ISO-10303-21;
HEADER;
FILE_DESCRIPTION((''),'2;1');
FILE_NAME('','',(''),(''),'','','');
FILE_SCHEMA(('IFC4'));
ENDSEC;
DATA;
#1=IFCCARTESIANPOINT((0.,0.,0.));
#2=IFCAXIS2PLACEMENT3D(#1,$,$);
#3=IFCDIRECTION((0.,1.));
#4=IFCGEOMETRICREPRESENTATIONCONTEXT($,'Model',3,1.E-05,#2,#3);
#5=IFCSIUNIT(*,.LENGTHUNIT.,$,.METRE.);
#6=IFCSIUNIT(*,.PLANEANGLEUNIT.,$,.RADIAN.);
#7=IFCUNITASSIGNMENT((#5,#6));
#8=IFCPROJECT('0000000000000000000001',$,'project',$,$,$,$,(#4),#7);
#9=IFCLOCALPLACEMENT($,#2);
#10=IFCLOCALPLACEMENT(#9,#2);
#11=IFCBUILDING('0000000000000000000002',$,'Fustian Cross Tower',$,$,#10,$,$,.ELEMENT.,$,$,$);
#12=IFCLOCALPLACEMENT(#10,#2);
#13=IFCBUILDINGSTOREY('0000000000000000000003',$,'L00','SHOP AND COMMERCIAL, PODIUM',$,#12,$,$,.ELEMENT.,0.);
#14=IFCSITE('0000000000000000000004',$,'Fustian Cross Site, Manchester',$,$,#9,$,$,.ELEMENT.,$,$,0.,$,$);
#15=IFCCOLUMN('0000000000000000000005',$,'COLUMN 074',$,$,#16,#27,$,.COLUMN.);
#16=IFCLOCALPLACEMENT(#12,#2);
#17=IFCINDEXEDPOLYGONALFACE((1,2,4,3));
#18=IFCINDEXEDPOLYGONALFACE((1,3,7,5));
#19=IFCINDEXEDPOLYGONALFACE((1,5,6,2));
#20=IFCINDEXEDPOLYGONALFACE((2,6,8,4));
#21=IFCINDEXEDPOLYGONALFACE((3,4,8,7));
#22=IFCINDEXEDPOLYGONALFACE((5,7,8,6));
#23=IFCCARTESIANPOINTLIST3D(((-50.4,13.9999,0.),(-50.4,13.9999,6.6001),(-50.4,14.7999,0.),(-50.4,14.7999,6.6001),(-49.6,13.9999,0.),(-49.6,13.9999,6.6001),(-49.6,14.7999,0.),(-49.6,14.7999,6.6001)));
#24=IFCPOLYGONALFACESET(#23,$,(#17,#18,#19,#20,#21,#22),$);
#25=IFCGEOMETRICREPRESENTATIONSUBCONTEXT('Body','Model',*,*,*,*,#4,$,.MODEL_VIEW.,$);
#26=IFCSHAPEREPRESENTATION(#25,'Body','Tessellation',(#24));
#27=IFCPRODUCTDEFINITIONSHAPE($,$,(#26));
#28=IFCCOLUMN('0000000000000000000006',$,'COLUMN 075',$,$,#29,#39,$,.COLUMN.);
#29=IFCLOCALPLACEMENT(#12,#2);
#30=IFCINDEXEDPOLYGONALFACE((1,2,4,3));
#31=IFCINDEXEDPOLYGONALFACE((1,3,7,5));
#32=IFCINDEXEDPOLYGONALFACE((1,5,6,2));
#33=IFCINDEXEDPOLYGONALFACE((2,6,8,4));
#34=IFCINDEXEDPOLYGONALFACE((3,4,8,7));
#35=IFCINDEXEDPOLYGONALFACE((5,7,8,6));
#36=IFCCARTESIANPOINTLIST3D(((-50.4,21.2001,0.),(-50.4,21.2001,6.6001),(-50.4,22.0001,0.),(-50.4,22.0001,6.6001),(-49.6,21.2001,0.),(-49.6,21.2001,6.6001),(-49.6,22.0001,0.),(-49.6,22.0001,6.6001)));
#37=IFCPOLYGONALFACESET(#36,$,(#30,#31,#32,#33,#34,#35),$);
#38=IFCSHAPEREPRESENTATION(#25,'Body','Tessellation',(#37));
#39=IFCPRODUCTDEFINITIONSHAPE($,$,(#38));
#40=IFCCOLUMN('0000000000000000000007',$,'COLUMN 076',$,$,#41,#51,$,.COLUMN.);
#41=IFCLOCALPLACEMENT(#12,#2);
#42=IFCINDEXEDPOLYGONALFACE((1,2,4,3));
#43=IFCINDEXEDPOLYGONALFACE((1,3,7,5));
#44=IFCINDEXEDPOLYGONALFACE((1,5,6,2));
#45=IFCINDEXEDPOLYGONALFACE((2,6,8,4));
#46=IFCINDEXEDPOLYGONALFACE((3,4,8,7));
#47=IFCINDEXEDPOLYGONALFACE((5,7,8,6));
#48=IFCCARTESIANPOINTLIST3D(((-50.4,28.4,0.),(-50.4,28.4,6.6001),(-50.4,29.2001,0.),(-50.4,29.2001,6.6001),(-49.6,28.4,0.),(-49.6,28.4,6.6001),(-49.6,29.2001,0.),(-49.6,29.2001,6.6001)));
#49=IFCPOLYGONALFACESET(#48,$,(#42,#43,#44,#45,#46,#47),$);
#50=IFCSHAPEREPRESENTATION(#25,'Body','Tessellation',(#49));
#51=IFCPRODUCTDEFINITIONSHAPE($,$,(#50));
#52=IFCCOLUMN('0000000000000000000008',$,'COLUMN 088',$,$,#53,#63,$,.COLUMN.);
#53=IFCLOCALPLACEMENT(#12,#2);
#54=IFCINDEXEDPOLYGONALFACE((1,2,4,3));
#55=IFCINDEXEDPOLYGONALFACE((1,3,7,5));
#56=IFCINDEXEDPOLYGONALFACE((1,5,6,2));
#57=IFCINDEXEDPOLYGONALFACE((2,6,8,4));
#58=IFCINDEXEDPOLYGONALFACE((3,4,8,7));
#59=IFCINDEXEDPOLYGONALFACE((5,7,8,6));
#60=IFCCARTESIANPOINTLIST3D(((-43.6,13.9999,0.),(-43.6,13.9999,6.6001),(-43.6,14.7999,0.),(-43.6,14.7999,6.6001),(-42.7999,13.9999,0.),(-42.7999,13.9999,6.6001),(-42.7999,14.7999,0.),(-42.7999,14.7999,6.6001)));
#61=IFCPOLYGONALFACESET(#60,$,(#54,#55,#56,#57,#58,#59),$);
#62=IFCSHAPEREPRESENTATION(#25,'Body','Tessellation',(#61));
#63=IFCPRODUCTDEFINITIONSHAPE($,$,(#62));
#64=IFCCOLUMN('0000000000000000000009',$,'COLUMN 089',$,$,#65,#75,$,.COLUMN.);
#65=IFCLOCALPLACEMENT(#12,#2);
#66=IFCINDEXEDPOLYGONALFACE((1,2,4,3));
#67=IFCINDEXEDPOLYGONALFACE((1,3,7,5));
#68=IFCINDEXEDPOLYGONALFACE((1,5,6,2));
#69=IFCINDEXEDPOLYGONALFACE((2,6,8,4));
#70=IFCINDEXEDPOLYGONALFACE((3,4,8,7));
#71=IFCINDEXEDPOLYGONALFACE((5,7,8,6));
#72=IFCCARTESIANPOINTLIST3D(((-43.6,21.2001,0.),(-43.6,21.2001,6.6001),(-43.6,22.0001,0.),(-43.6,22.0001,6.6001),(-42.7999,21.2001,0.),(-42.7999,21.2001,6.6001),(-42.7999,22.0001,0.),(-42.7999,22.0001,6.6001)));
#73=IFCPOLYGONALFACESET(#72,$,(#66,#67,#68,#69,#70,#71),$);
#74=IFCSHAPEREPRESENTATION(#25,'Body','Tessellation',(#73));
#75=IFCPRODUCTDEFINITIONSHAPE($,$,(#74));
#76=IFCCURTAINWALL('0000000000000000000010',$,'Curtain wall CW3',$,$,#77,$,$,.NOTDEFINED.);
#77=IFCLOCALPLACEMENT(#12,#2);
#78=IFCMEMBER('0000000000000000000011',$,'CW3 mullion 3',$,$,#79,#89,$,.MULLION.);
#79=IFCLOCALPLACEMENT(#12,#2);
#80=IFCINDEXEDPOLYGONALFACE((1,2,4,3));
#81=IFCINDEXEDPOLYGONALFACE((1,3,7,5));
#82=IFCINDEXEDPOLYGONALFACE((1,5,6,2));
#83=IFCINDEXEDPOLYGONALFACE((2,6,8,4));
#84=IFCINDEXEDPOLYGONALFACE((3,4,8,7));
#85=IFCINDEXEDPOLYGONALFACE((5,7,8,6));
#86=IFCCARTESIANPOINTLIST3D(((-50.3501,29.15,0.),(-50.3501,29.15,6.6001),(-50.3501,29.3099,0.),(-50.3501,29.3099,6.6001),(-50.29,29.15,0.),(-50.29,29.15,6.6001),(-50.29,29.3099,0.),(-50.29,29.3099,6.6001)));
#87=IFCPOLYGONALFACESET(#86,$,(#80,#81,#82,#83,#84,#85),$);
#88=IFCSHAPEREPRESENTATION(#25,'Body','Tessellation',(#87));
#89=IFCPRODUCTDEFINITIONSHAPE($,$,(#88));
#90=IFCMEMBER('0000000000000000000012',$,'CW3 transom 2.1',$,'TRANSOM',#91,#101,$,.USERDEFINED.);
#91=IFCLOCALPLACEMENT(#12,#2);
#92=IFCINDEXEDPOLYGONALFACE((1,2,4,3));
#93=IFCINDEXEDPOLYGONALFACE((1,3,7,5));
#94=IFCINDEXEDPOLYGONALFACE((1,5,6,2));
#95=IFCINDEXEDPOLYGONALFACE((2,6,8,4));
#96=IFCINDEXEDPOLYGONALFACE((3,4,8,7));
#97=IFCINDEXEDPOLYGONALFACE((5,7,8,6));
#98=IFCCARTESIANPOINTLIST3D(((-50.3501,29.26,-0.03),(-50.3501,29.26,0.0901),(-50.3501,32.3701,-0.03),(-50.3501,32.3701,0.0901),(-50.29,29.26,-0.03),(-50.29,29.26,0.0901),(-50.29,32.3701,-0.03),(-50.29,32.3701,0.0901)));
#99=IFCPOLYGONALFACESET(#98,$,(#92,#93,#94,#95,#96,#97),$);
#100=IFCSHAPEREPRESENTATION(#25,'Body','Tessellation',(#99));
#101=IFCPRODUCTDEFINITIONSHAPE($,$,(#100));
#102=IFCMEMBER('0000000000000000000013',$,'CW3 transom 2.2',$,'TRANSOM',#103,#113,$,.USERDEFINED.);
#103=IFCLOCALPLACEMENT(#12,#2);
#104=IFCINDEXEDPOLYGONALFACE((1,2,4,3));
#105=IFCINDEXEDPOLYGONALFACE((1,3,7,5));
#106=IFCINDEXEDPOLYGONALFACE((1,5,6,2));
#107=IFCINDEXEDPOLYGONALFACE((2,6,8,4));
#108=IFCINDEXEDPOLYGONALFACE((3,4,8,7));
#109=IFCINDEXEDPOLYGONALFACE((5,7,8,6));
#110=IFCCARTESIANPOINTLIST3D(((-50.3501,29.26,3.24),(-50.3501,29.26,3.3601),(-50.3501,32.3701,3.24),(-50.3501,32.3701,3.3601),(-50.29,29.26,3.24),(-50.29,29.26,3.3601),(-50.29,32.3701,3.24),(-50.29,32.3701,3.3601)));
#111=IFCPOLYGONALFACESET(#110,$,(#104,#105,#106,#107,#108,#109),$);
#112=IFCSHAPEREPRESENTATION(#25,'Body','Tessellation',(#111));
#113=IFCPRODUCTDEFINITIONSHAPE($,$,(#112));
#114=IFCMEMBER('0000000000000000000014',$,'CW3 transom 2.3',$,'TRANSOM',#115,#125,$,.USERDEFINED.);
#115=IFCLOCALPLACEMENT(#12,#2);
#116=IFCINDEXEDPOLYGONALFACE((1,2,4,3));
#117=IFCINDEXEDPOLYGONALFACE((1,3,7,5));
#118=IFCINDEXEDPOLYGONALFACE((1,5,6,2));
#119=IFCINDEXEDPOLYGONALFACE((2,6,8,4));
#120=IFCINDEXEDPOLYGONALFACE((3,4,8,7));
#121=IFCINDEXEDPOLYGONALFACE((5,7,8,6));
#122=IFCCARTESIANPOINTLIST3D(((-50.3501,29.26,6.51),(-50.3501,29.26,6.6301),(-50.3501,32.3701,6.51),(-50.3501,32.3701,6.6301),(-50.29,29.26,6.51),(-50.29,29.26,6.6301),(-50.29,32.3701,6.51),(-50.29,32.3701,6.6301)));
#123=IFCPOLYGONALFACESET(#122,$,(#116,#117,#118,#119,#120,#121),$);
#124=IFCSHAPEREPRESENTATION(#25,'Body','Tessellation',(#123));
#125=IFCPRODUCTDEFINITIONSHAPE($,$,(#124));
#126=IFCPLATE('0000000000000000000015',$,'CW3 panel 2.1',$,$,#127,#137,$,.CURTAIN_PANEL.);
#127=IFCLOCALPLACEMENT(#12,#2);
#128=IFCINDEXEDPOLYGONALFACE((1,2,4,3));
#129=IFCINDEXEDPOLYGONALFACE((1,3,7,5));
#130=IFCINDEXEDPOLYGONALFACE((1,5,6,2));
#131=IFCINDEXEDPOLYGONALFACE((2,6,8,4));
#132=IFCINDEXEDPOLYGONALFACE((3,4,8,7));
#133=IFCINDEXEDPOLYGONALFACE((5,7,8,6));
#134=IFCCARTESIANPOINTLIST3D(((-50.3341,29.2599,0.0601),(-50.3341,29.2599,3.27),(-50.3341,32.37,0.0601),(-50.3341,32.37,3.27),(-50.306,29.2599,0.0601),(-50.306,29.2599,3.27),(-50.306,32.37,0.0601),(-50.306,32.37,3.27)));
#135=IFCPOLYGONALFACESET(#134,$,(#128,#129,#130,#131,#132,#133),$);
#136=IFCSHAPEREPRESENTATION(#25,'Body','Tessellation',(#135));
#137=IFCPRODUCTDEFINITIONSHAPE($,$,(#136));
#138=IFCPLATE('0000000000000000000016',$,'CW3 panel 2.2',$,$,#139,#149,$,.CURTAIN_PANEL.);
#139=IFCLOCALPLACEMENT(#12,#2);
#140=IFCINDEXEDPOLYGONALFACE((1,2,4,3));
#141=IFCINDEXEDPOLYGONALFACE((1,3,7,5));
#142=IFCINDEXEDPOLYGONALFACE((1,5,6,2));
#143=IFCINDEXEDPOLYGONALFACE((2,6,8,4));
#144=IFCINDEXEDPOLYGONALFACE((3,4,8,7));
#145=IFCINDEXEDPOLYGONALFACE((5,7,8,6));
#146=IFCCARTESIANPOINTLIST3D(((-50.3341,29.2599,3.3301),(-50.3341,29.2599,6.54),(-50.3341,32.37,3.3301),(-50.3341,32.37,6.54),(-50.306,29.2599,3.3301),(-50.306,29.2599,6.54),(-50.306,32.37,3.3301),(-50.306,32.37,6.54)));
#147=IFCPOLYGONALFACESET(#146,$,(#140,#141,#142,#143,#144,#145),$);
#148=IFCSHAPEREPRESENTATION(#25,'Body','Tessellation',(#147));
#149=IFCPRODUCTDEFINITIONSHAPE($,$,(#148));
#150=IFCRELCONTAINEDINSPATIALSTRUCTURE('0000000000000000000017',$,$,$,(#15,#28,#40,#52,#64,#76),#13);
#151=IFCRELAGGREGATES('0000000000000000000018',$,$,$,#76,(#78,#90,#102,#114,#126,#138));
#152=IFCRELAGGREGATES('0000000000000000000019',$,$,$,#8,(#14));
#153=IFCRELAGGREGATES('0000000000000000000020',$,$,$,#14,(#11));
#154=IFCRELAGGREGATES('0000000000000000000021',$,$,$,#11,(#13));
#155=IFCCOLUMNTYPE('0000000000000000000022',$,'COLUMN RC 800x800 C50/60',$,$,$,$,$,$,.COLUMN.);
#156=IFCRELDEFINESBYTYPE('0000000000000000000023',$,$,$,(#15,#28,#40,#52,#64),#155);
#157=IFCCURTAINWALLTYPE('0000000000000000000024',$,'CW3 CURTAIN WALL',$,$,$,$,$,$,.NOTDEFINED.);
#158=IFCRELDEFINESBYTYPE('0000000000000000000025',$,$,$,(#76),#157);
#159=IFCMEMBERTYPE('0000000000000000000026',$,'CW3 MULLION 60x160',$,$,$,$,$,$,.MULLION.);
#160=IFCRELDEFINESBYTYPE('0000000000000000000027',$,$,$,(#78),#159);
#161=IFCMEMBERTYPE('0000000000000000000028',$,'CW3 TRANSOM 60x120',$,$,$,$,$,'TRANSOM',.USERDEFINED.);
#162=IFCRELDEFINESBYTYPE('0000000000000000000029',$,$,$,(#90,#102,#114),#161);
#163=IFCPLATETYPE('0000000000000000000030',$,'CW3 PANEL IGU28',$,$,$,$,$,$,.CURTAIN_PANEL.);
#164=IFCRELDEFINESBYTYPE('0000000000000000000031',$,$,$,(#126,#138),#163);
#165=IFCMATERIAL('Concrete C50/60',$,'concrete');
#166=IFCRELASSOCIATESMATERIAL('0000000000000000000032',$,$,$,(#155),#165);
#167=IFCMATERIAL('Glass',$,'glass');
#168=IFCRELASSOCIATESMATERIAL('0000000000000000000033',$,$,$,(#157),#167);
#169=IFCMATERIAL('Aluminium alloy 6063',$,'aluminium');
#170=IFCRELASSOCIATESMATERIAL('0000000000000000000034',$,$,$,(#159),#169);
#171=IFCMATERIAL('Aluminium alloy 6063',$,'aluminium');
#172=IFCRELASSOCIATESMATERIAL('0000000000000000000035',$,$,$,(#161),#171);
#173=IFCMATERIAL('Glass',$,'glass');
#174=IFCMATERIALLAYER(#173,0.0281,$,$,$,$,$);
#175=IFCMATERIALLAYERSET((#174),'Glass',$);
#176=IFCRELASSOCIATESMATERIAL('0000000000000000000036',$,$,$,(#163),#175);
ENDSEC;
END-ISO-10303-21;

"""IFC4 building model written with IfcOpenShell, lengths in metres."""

from ifc_helpers import new_model, si_unit, direction, frame, origin, origin_2d, place, context, subcontext, project, spatial, rectangle, extrude, material, layer, layer_set, material_profile, profile_set, type_object, element, aggregate, save


model = new_model("IFC4")

# Units and contexts
model_context = context("Model", 3, precision=1e-05, world=origin(), true_north=direction((0.0, 1.0)))
body_context = subcontext(model_context, "Body", "Model", "MODEL_VIEW")
ifc_project = project(units=[si_unit("LENGTHUNIT", "METRE"), si_unit("PLANEANGLEUNIT", "RADIAN")], contexts=[model_context])

# Site, building, storey
site_placement = place(None, origin())
site = spatial("IfcSite", under=ifc_project, at=site_placement, Name="Fustian Cross Site, Manchester", CompositionType="ELEMENT", RefElevation=0.0)
building_placement = place(site_placement, origin())
building = spatial("IfcBuilding", under=site, at=building_placement, Name="Fustian Cross Tower", CompositionType="ELEMENT")
storey_placement = place(building_placement, origin())
storey = spatial("IfcBuildingStorey", under=building, at=storey_placement, Name="L00", Description="SHOP AND COMMERCIAL, PODIUM", CompositionType="ELEMENT", Elevation=0.0)

# Columns
ifc_material_1 = material(Name="Concrete C50/60", Category="concrete")
ifc_material_profile_1 = material_profile(ifc_material_1, rectangle(XDim=0.8, YDim=0.8, at=origin_2d()), Name="RC 800x800")
ifc_profile_set_1 = profile_set([ifc_material_profile_1], Name="Concrete C50/60")
column_type = type_object("IfcColumnType", Name="COLUMN RC 800x800 C50/60", PredefinedType="COLUMN", material=ifc_profile_set_1)
for number, where, z_axis, x_axis, name in (
    (1, (-50.0, 14.3999, 0.0), (0.0, 0.0, 1.0), (1.0, 0.0, 0.0), "COLUMN 074"),
    (2, (-50.0, 21.6001, 0.0), (0.0, 0.0, 1.0), (1.0, 0.0, 0.0), "COLUMN 075"),
    (3, (-50.0, 28.8, 0.0), (0.0, 0.0, 1.0), (1.0, 0.0, 0.0), "COLUMN 076"),
    (4, (-43.2, 14.3999, 0.0), (0.0, 0.0, 1.0), (1.0, 0.0, 0.0), "COLUMN 088"),
    (5, (-43.2, 21.6001, 0.0), (0.0, 0.0, 1.0), (1.0, 0.0, 0.0), "COLUMN 089"),
):
    element("IfcColumn", number, at=place(storey_placement, frame(where, z_axis=z_axis, x_axis=x_axis)), inside=storey, type_object=column_type, Name=name, PredefinedType="COLUMN", context=body_context, shape_type="SweptSolid", body=[
        extrude(rectangle(XDim=0.8, YDim=0.8, at=origin_2d()), origin(), (0.0, 0.0, 1.0), 6.6001),
    ])

# Curtain wall, members, plates
ifc_material_2 = material(Name="Glass", Category="glass")
curtain_wall_type = type_object("IfcCurtainWallType", Name="CW3 CURTAIN WALL", PredefinedType="NOTDEFINED", material=ifc_material_2)
curtain_wall_placement = place(storey_placement, origin())
curtain_wall = element("IfcCurtainWall", 6, at=curtain_wall_placement, inside=storey, type_object=curtain_wall_type, Name="Curtain wall CW3", PredefinedType="NOTDEFINED")
ifc_material_3 = material(Name="Aluminium alloy 6063", Category="aluminium")
ifc_material_profile_2 = material_profile(ifc_material_3, rectangle(XDim=0.0601, YDim=0.1599, at=origin_2d()), Name="CW3 MULLION 60x160")
ifc_profile_set_2 = profile_set([ifc_material_profile_2], Name="Aluminium alloy 6063")
member_type_1 = type_object("IfcMemberType", Name="CW3 MULLION 60x160", PredefinedType="MULLION", material=ifc_profile_set_2)
member_1_placement = place(storey_placement, frame((-50.3201, 29.23, 0.0), z_axis=(0.0, 0.0, 1.0), x_axis=(1.0, 0.0, 0.0)))
member_1 = element("IfcMember", 7, at=member_1_placement, type_object=member_type_1, Name="CW3 mullion 3", PredefinedType="MULLION", context=body_context, shape_type="SweptSolid", body=[
    extrude(rectangle(XDim=0.0601, YDim=0.1599, at=origin_2d()), origin(), (0.0, 0.0, 1.0), 6.6001),
])
ifc_material_4 = material(Name="Aluminium alloy 6063", Category="aluminium")
ifc_material_profile_3 = material_profile(ifc_material_4, rectangle(XDim=0.0601, YDim=0.1201, at=origin_2d()), Name="CW3 TRANSOM 60x120")
ifc_profile_set_3 = profile_set([ifc_material_profile_3], Name="Aluminium alloy 6063")
member_type_2 = type_object("IfcMemberType", Name="CW3 TRANSOM 60x120", ElementType="TRANSOM", PredefinedType="USERDEFINED", material=ifc_profile_set_3)
member_2_placement = place(storey_placement, frame((-50.3201, 32.3701, 0.03), z_axis=(0.0, -1.0, 0.0), x_axis=(1.0, 0.0, 0.0)))
member_2 = element("IfcMember", 8, at=member_2_placement, type_object=member_type_2, Name="CW3 transom 2.1", ObjectType="TRANSOM", PredefinedType="USERDEFINED", context=body_context, shape_type="SweptSolid", body=[
    extrude(rectangle(XDim=0.0601, YDim=0.1201, at=origin_2d()), origin(), (0.0, 0.0, 1.0), 3.1101),
])
member_3_placement = place(storey_placement, frame((-50.3201, 32.3701, 3.3), z_axis=(0.0, -1.0, 0.0), x_axis=(1.0, 0.0, 0.0)))
member_3 = element("IfcMember", 9, at=member_3_placement, type_object=member_type_2, Name="CW3 transom 2.2", ObjectType="TRANSOM", PredefinedType="USERDEFINED", context=body_context, shape_type="SweptSolid", body=[
    extrude(rectangle(XDim=0.0601, YDim=0.1201, at=origin_2d()), origin(), (0.0, 0.0, 1.0), 3.1101),
])
member_4_placement = place(storey_placement, frame((-50.3201, 32.3701, 6.5701), z_axis=(0.0, -1.0, 0.0), x_axis=(1.0, 0.0, 0.0)))
member_4 = element("IfcMember", 10, at=member_4_placement, type_object=member_type_2, Name="CW3 transom 2.3", ObjectType="TRANSOM", PredefinedType="USERDEFINED", context=body_context, shape_type="SweptSolid", body=[
    extrude(rectangle(XDim=0.0601, YDim=0.1201, at=origin_2d()), origin(), (0.0, 0.0, 1.0), 3.1101),
])
ifc_material_5 = material(Name="Glass", Category="glass")
ifc_layer_1 = layer(ifc_material_5, 0.0281)
ifc_layer_set_1 = layer_set([ifc_layer_1], Name="Glass")
plate_type = type_object("IfcPlateType", Name="CW3 PANEL IGU28", PredefinedType="CURTAIN_PANEL", material=ifc_layer_set_1)
plate_1_placement = place(storey_placement, frame((-50.3201, 30.8149, 0.0601), z_axis=(0.0, 0.0, 1.0), x_axis=(0.0, -1.0, 0.0)))
plate_1 = element("IfcPlate", 11, at=plate_1_placement, type_object=plate_type, Name="CW3 panel 2.1", PredefinedType="CURTAIN_PANEL", context=body_context, shape_type="SweptSolid", body=[
    extrude(rectangle(XDim=3.1101, YDim=0.0281, at=origin_2d()), origin(), (0.0, 0.0, 1.0), 3.21),
])
plate_2_placement = place(storey_placement, frame((-50.3201, 30.8149, 3.3301), z_axis=(0.0, 0.0, 1.0), x_axis=(0.0, -1.0, 0.0)))
plate_2 = element("IfcPlate", 12, at=plate_2_placement, type_object=plate_type, Name="CW3 panel 2.2", PredefinedType="CURTAIN_PANEL", context=body_context, shape_type="SweptSolid", body=[
    extrude(rectangle(XDim=3.1101, YDim=0.0281, at=origin_2d()), origin(), (0.0, 0.0, 1.0), 3.21),
])
aggregate(curtain_wall, [member_1, member_2, member_3, member_4, plate_1, plate_2])

save(model, "model.ifc")
